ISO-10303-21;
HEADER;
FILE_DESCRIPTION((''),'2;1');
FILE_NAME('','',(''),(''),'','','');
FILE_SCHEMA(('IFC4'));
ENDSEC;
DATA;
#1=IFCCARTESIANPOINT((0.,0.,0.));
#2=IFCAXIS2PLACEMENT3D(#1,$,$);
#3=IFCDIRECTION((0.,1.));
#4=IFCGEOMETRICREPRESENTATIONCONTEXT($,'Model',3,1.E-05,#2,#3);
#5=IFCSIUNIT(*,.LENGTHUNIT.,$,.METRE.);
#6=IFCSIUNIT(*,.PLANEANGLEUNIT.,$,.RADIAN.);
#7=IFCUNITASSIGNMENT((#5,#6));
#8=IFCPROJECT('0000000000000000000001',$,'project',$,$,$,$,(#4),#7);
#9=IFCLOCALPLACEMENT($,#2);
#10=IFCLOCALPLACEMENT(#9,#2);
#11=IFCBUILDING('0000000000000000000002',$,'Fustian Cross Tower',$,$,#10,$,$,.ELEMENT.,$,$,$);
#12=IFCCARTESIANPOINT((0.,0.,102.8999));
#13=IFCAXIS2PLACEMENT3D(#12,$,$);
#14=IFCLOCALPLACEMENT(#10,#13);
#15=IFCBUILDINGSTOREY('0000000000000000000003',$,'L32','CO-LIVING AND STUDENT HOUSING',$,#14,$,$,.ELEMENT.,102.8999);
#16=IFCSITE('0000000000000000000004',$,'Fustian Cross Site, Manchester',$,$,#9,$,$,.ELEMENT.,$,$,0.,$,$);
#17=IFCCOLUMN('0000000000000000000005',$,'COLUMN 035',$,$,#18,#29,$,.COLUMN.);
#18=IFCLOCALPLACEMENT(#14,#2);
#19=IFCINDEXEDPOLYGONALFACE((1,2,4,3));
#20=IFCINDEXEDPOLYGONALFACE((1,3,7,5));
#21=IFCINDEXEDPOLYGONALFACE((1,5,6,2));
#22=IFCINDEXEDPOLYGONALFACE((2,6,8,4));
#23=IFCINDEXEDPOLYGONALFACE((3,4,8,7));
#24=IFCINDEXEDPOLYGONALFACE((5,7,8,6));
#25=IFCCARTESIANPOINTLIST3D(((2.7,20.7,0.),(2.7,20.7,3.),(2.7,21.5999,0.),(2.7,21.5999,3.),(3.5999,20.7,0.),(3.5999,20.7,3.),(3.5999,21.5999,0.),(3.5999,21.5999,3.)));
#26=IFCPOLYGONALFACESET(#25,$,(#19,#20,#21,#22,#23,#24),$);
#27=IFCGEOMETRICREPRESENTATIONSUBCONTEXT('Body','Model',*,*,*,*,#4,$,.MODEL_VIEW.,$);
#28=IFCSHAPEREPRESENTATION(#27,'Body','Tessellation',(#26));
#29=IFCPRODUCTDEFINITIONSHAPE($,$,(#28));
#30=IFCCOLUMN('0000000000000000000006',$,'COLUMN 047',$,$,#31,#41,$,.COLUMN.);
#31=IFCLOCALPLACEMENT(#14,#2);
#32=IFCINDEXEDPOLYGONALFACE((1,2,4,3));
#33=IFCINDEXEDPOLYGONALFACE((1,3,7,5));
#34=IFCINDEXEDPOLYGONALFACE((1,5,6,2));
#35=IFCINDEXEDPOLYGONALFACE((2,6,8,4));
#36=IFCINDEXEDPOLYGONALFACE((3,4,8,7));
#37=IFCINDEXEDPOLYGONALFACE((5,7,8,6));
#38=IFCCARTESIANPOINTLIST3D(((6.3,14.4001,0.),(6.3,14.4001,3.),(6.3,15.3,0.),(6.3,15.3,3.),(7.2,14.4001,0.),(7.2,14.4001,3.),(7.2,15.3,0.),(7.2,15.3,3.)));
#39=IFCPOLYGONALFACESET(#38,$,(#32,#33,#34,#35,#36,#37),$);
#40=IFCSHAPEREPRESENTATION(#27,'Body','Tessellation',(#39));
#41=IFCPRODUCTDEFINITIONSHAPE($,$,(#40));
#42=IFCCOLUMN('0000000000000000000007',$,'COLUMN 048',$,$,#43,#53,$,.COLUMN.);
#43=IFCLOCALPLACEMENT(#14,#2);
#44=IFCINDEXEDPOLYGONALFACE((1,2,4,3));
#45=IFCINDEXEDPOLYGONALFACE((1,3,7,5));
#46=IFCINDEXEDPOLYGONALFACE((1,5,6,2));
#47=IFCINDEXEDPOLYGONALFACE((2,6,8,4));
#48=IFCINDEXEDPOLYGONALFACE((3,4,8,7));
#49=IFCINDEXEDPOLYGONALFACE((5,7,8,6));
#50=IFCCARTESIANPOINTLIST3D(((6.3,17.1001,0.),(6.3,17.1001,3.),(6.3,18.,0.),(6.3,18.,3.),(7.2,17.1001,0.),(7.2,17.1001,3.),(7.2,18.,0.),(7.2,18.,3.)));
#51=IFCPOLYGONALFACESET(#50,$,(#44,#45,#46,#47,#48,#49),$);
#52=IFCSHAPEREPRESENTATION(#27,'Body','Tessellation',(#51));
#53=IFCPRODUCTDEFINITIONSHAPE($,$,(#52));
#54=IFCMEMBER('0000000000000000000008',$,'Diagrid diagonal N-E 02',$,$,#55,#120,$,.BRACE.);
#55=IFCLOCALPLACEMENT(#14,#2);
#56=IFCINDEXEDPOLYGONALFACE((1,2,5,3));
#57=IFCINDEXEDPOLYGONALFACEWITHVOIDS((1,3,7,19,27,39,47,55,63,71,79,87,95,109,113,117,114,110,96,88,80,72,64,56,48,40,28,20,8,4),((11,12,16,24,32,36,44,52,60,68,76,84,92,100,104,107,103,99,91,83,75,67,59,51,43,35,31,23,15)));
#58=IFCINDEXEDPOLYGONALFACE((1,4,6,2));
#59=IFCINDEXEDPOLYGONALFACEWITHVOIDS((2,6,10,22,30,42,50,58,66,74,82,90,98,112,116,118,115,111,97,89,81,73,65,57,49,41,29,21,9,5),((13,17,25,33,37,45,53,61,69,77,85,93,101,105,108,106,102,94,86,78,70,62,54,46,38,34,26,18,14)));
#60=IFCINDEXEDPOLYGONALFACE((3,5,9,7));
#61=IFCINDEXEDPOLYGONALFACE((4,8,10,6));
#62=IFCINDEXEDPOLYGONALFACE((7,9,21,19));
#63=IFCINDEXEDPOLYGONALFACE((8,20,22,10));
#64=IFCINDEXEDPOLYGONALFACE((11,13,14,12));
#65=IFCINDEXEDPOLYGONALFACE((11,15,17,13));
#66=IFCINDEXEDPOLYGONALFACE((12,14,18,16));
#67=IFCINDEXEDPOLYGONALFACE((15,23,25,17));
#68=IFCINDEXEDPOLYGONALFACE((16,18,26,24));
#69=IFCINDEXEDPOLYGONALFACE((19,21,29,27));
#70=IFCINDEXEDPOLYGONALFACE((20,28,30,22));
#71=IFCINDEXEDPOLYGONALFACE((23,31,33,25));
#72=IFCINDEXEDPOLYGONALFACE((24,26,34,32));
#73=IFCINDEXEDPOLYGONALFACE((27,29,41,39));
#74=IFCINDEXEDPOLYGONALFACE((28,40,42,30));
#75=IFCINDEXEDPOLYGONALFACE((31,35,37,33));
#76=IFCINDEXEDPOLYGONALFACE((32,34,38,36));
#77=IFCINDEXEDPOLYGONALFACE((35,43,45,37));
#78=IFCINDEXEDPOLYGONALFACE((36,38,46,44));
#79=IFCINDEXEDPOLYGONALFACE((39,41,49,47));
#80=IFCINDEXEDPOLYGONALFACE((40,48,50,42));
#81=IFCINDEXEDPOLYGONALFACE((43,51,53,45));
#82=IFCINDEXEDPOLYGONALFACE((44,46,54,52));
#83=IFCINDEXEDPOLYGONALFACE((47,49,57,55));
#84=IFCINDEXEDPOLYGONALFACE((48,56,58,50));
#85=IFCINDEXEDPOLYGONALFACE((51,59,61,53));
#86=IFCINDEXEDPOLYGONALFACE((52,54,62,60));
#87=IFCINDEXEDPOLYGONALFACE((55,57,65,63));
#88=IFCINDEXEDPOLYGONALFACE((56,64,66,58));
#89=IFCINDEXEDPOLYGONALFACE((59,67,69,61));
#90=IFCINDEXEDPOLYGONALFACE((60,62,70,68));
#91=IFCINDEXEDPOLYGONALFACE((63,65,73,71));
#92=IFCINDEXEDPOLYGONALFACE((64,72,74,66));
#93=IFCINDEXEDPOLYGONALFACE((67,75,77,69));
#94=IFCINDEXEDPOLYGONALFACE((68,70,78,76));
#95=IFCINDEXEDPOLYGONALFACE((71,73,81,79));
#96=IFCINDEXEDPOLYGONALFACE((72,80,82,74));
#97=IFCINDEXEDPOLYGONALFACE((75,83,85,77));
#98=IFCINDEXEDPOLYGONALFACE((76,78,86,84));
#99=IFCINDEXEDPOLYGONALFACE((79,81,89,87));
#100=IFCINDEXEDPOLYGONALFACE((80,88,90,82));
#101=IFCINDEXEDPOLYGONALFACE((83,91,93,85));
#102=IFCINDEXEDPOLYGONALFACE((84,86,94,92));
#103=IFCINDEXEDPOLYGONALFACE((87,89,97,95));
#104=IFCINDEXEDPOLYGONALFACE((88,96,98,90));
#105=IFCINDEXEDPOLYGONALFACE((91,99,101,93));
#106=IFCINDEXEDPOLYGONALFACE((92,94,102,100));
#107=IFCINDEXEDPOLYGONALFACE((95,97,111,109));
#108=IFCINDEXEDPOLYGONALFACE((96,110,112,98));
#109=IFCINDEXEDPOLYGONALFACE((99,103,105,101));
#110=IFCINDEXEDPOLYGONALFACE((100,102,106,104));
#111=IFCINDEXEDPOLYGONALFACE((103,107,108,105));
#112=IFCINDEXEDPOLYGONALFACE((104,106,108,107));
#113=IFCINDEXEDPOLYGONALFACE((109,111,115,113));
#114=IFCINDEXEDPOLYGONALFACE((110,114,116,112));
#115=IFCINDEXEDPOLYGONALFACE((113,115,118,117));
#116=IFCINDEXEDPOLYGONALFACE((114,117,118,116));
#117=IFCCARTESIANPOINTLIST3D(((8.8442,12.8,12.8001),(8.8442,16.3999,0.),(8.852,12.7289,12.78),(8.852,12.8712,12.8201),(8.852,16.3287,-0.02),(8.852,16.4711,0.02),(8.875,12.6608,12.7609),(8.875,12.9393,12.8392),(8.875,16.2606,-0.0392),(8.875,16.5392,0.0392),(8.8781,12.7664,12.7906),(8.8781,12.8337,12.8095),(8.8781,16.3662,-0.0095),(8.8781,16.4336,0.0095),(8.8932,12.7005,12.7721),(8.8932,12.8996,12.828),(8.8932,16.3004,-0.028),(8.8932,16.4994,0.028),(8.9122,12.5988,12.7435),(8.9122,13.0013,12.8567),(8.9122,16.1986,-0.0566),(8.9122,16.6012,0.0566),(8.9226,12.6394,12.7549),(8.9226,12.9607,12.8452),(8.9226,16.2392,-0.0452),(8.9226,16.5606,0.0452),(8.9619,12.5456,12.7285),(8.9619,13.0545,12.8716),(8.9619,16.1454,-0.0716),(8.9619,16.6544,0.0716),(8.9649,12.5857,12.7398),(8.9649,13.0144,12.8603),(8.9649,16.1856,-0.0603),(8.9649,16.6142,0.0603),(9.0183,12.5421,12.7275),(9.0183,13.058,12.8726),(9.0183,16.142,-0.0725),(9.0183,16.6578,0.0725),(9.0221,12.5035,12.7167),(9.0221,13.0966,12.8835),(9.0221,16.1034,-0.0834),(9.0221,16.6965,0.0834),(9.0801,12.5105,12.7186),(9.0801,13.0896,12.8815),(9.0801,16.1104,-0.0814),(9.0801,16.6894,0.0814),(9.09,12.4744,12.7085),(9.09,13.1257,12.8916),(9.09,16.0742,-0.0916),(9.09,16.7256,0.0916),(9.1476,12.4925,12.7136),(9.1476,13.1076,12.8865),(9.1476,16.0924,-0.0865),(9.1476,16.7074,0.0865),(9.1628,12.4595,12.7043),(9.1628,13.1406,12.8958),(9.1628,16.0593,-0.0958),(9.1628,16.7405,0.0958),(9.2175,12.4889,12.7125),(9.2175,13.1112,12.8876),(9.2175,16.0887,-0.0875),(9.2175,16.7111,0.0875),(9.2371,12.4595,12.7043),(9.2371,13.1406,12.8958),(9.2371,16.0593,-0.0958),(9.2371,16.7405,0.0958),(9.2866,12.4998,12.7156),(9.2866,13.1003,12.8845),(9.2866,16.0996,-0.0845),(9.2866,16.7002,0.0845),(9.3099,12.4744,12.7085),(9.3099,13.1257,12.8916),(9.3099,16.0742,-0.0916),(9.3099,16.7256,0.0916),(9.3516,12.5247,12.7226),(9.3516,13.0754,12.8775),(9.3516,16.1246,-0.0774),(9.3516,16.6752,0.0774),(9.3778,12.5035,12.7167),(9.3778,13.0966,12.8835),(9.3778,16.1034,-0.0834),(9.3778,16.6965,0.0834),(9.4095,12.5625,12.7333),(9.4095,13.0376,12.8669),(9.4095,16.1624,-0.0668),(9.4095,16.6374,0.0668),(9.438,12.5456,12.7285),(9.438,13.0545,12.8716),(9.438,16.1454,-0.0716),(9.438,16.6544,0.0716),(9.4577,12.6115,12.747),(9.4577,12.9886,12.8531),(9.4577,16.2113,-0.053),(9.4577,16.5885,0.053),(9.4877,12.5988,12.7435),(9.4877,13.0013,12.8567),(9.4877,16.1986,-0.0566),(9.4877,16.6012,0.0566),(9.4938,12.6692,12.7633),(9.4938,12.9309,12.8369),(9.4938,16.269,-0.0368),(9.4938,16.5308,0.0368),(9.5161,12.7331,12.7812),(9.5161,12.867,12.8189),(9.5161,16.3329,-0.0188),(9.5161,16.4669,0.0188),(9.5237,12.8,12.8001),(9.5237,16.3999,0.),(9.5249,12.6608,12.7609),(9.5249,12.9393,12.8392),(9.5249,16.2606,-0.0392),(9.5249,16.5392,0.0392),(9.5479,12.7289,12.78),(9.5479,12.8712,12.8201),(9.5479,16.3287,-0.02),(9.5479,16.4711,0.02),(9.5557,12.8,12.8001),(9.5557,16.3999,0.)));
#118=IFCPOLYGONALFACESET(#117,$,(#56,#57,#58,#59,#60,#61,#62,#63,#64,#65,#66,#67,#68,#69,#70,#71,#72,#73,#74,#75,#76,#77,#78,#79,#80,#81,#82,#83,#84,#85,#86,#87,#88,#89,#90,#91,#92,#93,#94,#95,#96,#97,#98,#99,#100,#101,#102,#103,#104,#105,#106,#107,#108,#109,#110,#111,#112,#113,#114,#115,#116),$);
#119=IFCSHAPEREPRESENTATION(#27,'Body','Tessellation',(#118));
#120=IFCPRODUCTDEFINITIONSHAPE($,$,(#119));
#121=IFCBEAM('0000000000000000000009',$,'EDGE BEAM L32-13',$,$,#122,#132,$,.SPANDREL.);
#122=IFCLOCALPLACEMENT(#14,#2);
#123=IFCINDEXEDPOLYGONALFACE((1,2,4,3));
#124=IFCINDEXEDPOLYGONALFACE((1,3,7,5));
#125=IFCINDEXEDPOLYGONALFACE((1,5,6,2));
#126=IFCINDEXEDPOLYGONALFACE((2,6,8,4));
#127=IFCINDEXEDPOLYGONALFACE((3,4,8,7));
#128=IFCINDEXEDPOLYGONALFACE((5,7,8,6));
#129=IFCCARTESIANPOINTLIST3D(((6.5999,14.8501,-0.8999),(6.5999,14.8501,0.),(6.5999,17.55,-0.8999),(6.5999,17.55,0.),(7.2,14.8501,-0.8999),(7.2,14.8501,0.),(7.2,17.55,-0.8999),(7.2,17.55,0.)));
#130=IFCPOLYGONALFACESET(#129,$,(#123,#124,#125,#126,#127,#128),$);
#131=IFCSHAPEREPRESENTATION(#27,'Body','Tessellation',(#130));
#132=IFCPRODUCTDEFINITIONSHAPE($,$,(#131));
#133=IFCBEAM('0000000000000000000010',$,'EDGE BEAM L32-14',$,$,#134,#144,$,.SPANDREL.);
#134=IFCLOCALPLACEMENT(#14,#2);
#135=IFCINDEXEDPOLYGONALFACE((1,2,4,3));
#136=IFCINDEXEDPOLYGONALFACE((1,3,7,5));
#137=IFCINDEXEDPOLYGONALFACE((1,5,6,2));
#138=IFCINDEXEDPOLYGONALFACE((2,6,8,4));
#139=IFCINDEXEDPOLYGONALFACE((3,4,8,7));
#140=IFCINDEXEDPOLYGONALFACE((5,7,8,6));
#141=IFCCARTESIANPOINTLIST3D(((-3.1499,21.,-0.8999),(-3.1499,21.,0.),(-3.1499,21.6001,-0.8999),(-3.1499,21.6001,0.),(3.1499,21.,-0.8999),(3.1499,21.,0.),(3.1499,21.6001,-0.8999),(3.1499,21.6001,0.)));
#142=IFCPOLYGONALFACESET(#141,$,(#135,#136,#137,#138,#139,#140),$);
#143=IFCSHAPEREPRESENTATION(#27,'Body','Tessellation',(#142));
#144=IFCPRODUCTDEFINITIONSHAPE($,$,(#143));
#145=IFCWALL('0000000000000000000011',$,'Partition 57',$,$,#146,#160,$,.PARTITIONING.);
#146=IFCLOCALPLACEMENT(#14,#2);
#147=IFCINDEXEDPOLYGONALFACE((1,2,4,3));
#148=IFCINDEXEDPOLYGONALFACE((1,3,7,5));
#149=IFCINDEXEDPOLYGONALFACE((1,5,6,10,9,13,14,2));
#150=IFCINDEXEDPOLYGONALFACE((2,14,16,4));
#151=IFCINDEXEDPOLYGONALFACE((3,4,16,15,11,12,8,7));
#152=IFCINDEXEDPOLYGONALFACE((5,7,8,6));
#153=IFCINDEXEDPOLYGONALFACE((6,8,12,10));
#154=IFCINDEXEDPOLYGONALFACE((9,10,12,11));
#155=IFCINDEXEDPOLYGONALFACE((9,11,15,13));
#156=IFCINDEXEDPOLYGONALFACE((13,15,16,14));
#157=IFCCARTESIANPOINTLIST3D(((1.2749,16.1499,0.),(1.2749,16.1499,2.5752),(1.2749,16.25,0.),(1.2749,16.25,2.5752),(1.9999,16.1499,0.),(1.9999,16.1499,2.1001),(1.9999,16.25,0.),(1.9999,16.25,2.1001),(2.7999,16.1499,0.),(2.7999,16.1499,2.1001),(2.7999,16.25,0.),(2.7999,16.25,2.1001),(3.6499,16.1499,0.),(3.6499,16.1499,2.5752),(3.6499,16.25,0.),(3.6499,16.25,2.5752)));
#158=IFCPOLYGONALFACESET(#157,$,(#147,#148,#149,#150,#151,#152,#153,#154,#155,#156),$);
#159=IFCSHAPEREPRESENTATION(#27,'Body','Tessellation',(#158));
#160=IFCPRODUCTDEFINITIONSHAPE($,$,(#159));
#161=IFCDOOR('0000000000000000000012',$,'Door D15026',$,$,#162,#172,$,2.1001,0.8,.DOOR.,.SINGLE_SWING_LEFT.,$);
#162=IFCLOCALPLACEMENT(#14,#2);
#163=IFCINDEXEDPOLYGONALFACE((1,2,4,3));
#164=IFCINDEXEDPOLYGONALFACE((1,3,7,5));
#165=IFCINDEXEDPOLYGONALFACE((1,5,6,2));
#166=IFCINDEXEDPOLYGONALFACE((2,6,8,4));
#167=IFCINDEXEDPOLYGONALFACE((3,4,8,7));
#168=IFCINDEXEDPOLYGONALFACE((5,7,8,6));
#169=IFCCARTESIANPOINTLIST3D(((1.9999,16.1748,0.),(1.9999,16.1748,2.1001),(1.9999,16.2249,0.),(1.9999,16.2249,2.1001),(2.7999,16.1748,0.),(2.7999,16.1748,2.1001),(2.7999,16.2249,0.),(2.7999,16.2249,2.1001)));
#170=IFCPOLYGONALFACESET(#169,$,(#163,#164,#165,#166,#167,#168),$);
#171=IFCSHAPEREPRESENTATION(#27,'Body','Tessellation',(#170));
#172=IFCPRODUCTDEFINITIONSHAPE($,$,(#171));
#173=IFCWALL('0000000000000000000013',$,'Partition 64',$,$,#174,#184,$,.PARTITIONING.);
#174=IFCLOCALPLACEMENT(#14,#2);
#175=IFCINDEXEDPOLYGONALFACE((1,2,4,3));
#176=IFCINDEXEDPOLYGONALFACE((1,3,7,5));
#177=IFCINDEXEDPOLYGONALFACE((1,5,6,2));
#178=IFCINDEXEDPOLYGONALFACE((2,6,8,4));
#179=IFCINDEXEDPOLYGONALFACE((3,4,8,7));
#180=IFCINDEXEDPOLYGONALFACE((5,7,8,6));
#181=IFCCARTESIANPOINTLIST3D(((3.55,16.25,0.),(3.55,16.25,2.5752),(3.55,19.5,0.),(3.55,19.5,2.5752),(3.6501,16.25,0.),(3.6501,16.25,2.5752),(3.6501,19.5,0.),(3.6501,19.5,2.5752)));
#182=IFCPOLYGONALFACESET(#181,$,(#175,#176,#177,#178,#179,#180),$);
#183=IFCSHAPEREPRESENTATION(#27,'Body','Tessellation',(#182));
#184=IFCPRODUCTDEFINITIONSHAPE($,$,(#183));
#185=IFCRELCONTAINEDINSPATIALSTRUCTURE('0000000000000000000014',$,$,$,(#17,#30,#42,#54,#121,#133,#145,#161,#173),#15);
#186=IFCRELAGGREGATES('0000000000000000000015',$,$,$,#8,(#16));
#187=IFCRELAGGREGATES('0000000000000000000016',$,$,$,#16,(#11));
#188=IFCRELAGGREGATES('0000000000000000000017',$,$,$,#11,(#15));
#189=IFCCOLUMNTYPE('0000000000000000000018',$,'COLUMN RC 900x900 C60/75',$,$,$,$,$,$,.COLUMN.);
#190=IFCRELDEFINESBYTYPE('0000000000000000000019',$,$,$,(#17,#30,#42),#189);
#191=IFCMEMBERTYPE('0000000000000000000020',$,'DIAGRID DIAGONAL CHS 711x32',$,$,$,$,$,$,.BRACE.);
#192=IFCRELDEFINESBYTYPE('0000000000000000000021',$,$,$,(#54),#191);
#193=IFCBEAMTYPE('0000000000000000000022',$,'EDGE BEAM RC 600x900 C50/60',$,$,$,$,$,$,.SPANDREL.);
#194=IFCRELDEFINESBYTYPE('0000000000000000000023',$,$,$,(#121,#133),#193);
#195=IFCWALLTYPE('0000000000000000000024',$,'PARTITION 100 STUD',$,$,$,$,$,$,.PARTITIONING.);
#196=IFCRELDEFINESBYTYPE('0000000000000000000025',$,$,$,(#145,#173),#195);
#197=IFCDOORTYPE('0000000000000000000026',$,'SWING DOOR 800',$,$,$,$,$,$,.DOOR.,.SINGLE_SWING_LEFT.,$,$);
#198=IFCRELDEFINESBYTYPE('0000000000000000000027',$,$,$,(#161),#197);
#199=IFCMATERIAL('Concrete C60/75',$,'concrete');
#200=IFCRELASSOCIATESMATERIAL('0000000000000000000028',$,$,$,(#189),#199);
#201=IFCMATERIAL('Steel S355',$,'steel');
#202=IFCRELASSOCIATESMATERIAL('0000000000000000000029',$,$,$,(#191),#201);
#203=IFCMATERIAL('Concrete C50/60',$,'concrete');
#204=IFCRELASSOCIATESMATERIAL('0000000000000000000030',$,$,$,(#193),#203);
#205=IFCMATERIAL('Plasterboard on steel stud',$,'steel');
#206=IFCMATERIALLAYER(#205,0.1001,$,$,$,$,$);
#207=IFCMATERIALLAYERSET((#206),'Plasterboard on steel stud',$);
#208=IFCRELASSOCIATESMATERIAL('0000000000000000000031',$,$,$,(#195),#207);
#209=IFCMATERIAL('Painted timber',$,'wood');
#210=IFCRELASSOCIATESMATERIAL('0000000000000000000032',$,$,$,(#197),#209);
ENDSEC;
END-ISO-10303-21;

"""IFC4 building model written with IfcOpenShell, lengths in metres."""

from ifc_helpers import new_model, si_unit, direction, frame, frame_2d, origin, origin_2d, place, context, subcontext, project, spatial, rectangle, hollow_circle, extrude, material, layer, layer_set, material_profile, profile_set, type_object, element, fill, save


model = new_model("IFC4")

# Units and contexts
model_context = context("Model", 3, precision=1e-05, world=origin(), true_north=direction((0.0, 1.0)))
body_context = subcontext(model_context, "Body", "Model", "MODEL_VIEW")
ifc_project = project(units=[si_unit("LENGTHUNIT", "METRE"), si_unit("PLANEANGLEUNIT", "RADIAN")], contexts=[model_context])

# Site, building, storey
site_placement = place(None, origin())
site = spatial("IfcSite", under=ifc_project, at=site_placement, Name="Fustian Cross Site, Manchester", CompositionType="ELEMENT", RefElevation=0.0)
building_placement = place(site_placement, origin())
building = spatial("IfcBuilding", under=site, at=building_placement, Name="Fustian Cross Tower", CompositionType="ELEMENT")
storey_placement = place(building_placement, frame((0.0, 0.0, 102.8999)))
storey = spatial("IfcBuildingStorey", under=building, at=storey_placement, Name="L32", Description="CO-LIVING AND STUDENT HOUSING", CompositionType="ELEMENT", Elevation=102.8999)

# Columns
ifc_material_1 = material(Name="Concrete C60/75", Category="concrete")
ifc_material_profile_1 = material_profile(ifc_material_1, rectangle(XDim=0.8999, YDim=0.8999, at=origin_2d()), Name="RC 900x900")
ifc_profile_set_1 = profile_set([ifc_material_profile_1], Name="Concrete C60/75")
column_type = type_object("IfcColumnType", Name="COLUMN RC 900x900 C60/75", PredefinedType="COLUMN", material=ifc_profile_set_1)
for number, where, z_axis, x_axis, name in (
    (1, (3.1499, 21.1499, 0.0), (0.0, 0.0, 1.0), (1.0, 0.0, 0.0), "COLUMN 035"),
    (2, (6.75, 14.8501, 0.0), (0.0, 0.0, 1.0), (1.0, 0.0, 0.0), "COLUMN 047"),
    (3, (6.75, 17.55, 0.0), (0.0, 0.0, 1.0), (1.0, 0.0, 0.0), "COLUMN 048"),
):
    element("IfcColumn", number, at=place(storey_placement, frame(where, z_axis=z_axis, x_axis=x_axis)), inside=storey, type_object=column_type, Name=name, PredefinedType="COLUMN", context=body_context, shape_type="SweptSolid", body=[
        extrude(rectangle(XDim=0.8999, YDim=0.8999, at=origin_2d()), origin(), (0.0, 0.0, 1.0), 3.0),
    ])

# Member
ifc_material_2 = material(Name="Steel S355", Category="steel")
ifc_material_profile_2 = material_profile(ifc_material_2, hollow_circle(Radius=0.3557, WallThickness=0.032, at=origin_2d()), Name="CHS 711x32")
ifc_profile_set_2 = profile_set([ifc_material_profile_2], Name="Steel S355")
member_type = type_object("IfcMemberType", Name="DIAGRID DIAGONAL CHS 711x32", PredefinedType="BRACE", material=ifc_profile_set_2)
member_placement = place(storey_placement, frame((9.2, 16.3999, 0.0), z_axis=(0.0, -0.270734, 0.962654), x_axis=(1.0, 0.0, 0.0)))
element("IfcMember", 4, at=member_placement, inside=storey, type_object=member_type, Name="Diagrid diagonal N-E 02", PredefinedType="BRACE", context=body_context, shape_type="SweptSolid", body=[
    extrude(hollow_circle(Radius=0.3557, WallThickness=0.032, at=origin_2d()), origin(), (0.0, 0.0, 1.0), 13.2966),
])

# Beams
ifc_material_3 = material(Name="Concrete C50/60", Category="concrete")
ifc_material_profile_3 = material_profile(ifc_material_3, rectangle(XDim=0.6001, YDim=0.8999, at=origin_2d()), Name="RC 600x900")
ifc_profile_set_3 = profile_set([ifc_material_profile_3], Name="Concrete C50/60")
beam_type = type_object("IfcBeamType", Name="EDGE BEAM RC 600x900 C50/60", PredefinedType="SPANDREL", material=ifc_profile_set_3)
beam_1_placement = place(storey_placement, frame((6.8999, 14.8501, -0.45), z_axis=(0.0, 1.0, 0.0), x_axis=(-1.0, 0.0, 0.0)))
element("IfcBeam", 5, at=beam_1_placement, inside=storey, type_object=beam_type, Name="EDGE BEAM L32-13", PredefinedType="SPANDREL", context=body_context, shape_type="SweptSolid", body=[
    extrude(rectangle(XDim=0.6001, YDim=0.8999, at=origin_2d()), origin(), (0.0, 0.0, 1.0), 2.7),
])
beam_2_placement = place(storey_placement, frame((3.1499, 21.3, -0.45), z_axis=(-1.0, 0.0, 0.0), x_axis=(0.0, -1.0, 0.0)))
element("IfcBeam", 6, at=beam_2_placement, inside=storey, type_object=beam_type, Name="EDGE BEAM L32-14", PredefinedType="SPANDREL", context=body_context, shape_type="SweptSolid", body=[
    extrude(rectangle(XDim=0.6001, YDim=0.8999, at=origin_2d()), origin(), (0.0, 0.0, 1.0), 6.2998),
])

# Wall, opening, door
ifc_material_4 = material(Name="Plasterboard on steel stud", Category="steel")
ifc_layer_1 = layer(ifc_material_4, 0.1001)
ifc_layer_set_1 = layer_set([ifc_layer_1], Name="Plasterboard on steel stud")
wall_type_1 = type_object("IfcWallType", Name="PARTITION 100 STUD", PredefinedType="PARTITIONING", material=ifc_layer_set_1)
wall_1_placement = place(storey_placement, frame((1.2749, 16.2, 0.0), z_axis=(0.0, 0.0, 1.0), x_axis=(1.0, 0.0, 0.0)))
wall_1 = element("IfcWall", 7, at=wall_1_placement, inside=storey, type_object=wall_type_1, Name="Partition 57", PredefinedType="PARTITIONING", context=body_context, shape_type="SweptSolid", body=[
    extrude(rectangle(XDim=2.375, YDim=0.1001, at=frame_2d((1.1875, 0.0))), origin(), (0.0, 0.0, 1.0), 2.5752),
])
opening_1_placement = place(wall_1_placement, frame((0.7251, 0.0, 0.0)))
opening_1 = element("IfcOpeningElement", 8, at=opening_1_placement, cuts=wall_1, PredefinedType="OPENING", context=body_context, shape_type="SweptSolid", body=[
    extrude(rectangle(XDim=0.8, YDim=2.1001, at=frame_2d((0.3999, 1.05))), frame((0.0, 0.0601, 0.0), z_axis=(0.0, -1.0, 0.0), x_axis=(1.0, 0.0, 0.0)), (0.0, 0.0, 1.0), 0.1201),
])
ifc_material_5 = material(Name="Painted timber", Category="wood")
door_type = type_object("IfcDoorType", Name="SWING DOOR 800", OperationType="SINGLE_SWING_LEFT", PredefinedType="DOOR", material=ifc_material_5)
door_placement = place(opening_1_placement, origin())
door = element("IfcDoor", 9, at=door_placement, inside=storey, type_object=door_type, Name="Door D15026", OperationType="SINGLE_SWING_LEFT", OverallHeight=2.1001, OverallWidth=0.8, PredefinedType="DOOR", context=body_context, shape_type="SweptSolid", body=[
    extrude(rectangle(XDim=0.8, YDim=2.1001, at=frame_2d((0.3999, 1.05))), frame((0.0, 0.0249, 0.0), z_axis=(0.0, -1.0, 0.0), x_axis=(1.0, 0.0, 0.0)), (0.0, 0.0, 1.0), 0.05),
])
fill(opening_1, door)

# Wall
wall_2_placement = place(storey_placement, frame((3.6001, 16.25, 0.0), z_axis=(0.0, 0.0, 1.0), x_axis=(0.0, 1.0, 0.0)))
element("IfcWall", 10, at=wall_2_placement, inside=storey, type_object=wall_type_1, Name="Partition 64", PredefinedType="PARTITIONING", context=body_context, shape_type="SweptSolid", body=[
    extrude(rectangle(XDim=3.25, YDim=0.1001, at=frame_2d((1.625, 0.0))), origin(), (0.0, 0.0, 1.0), 2.5752),
])

save(model, "model.ifc")
